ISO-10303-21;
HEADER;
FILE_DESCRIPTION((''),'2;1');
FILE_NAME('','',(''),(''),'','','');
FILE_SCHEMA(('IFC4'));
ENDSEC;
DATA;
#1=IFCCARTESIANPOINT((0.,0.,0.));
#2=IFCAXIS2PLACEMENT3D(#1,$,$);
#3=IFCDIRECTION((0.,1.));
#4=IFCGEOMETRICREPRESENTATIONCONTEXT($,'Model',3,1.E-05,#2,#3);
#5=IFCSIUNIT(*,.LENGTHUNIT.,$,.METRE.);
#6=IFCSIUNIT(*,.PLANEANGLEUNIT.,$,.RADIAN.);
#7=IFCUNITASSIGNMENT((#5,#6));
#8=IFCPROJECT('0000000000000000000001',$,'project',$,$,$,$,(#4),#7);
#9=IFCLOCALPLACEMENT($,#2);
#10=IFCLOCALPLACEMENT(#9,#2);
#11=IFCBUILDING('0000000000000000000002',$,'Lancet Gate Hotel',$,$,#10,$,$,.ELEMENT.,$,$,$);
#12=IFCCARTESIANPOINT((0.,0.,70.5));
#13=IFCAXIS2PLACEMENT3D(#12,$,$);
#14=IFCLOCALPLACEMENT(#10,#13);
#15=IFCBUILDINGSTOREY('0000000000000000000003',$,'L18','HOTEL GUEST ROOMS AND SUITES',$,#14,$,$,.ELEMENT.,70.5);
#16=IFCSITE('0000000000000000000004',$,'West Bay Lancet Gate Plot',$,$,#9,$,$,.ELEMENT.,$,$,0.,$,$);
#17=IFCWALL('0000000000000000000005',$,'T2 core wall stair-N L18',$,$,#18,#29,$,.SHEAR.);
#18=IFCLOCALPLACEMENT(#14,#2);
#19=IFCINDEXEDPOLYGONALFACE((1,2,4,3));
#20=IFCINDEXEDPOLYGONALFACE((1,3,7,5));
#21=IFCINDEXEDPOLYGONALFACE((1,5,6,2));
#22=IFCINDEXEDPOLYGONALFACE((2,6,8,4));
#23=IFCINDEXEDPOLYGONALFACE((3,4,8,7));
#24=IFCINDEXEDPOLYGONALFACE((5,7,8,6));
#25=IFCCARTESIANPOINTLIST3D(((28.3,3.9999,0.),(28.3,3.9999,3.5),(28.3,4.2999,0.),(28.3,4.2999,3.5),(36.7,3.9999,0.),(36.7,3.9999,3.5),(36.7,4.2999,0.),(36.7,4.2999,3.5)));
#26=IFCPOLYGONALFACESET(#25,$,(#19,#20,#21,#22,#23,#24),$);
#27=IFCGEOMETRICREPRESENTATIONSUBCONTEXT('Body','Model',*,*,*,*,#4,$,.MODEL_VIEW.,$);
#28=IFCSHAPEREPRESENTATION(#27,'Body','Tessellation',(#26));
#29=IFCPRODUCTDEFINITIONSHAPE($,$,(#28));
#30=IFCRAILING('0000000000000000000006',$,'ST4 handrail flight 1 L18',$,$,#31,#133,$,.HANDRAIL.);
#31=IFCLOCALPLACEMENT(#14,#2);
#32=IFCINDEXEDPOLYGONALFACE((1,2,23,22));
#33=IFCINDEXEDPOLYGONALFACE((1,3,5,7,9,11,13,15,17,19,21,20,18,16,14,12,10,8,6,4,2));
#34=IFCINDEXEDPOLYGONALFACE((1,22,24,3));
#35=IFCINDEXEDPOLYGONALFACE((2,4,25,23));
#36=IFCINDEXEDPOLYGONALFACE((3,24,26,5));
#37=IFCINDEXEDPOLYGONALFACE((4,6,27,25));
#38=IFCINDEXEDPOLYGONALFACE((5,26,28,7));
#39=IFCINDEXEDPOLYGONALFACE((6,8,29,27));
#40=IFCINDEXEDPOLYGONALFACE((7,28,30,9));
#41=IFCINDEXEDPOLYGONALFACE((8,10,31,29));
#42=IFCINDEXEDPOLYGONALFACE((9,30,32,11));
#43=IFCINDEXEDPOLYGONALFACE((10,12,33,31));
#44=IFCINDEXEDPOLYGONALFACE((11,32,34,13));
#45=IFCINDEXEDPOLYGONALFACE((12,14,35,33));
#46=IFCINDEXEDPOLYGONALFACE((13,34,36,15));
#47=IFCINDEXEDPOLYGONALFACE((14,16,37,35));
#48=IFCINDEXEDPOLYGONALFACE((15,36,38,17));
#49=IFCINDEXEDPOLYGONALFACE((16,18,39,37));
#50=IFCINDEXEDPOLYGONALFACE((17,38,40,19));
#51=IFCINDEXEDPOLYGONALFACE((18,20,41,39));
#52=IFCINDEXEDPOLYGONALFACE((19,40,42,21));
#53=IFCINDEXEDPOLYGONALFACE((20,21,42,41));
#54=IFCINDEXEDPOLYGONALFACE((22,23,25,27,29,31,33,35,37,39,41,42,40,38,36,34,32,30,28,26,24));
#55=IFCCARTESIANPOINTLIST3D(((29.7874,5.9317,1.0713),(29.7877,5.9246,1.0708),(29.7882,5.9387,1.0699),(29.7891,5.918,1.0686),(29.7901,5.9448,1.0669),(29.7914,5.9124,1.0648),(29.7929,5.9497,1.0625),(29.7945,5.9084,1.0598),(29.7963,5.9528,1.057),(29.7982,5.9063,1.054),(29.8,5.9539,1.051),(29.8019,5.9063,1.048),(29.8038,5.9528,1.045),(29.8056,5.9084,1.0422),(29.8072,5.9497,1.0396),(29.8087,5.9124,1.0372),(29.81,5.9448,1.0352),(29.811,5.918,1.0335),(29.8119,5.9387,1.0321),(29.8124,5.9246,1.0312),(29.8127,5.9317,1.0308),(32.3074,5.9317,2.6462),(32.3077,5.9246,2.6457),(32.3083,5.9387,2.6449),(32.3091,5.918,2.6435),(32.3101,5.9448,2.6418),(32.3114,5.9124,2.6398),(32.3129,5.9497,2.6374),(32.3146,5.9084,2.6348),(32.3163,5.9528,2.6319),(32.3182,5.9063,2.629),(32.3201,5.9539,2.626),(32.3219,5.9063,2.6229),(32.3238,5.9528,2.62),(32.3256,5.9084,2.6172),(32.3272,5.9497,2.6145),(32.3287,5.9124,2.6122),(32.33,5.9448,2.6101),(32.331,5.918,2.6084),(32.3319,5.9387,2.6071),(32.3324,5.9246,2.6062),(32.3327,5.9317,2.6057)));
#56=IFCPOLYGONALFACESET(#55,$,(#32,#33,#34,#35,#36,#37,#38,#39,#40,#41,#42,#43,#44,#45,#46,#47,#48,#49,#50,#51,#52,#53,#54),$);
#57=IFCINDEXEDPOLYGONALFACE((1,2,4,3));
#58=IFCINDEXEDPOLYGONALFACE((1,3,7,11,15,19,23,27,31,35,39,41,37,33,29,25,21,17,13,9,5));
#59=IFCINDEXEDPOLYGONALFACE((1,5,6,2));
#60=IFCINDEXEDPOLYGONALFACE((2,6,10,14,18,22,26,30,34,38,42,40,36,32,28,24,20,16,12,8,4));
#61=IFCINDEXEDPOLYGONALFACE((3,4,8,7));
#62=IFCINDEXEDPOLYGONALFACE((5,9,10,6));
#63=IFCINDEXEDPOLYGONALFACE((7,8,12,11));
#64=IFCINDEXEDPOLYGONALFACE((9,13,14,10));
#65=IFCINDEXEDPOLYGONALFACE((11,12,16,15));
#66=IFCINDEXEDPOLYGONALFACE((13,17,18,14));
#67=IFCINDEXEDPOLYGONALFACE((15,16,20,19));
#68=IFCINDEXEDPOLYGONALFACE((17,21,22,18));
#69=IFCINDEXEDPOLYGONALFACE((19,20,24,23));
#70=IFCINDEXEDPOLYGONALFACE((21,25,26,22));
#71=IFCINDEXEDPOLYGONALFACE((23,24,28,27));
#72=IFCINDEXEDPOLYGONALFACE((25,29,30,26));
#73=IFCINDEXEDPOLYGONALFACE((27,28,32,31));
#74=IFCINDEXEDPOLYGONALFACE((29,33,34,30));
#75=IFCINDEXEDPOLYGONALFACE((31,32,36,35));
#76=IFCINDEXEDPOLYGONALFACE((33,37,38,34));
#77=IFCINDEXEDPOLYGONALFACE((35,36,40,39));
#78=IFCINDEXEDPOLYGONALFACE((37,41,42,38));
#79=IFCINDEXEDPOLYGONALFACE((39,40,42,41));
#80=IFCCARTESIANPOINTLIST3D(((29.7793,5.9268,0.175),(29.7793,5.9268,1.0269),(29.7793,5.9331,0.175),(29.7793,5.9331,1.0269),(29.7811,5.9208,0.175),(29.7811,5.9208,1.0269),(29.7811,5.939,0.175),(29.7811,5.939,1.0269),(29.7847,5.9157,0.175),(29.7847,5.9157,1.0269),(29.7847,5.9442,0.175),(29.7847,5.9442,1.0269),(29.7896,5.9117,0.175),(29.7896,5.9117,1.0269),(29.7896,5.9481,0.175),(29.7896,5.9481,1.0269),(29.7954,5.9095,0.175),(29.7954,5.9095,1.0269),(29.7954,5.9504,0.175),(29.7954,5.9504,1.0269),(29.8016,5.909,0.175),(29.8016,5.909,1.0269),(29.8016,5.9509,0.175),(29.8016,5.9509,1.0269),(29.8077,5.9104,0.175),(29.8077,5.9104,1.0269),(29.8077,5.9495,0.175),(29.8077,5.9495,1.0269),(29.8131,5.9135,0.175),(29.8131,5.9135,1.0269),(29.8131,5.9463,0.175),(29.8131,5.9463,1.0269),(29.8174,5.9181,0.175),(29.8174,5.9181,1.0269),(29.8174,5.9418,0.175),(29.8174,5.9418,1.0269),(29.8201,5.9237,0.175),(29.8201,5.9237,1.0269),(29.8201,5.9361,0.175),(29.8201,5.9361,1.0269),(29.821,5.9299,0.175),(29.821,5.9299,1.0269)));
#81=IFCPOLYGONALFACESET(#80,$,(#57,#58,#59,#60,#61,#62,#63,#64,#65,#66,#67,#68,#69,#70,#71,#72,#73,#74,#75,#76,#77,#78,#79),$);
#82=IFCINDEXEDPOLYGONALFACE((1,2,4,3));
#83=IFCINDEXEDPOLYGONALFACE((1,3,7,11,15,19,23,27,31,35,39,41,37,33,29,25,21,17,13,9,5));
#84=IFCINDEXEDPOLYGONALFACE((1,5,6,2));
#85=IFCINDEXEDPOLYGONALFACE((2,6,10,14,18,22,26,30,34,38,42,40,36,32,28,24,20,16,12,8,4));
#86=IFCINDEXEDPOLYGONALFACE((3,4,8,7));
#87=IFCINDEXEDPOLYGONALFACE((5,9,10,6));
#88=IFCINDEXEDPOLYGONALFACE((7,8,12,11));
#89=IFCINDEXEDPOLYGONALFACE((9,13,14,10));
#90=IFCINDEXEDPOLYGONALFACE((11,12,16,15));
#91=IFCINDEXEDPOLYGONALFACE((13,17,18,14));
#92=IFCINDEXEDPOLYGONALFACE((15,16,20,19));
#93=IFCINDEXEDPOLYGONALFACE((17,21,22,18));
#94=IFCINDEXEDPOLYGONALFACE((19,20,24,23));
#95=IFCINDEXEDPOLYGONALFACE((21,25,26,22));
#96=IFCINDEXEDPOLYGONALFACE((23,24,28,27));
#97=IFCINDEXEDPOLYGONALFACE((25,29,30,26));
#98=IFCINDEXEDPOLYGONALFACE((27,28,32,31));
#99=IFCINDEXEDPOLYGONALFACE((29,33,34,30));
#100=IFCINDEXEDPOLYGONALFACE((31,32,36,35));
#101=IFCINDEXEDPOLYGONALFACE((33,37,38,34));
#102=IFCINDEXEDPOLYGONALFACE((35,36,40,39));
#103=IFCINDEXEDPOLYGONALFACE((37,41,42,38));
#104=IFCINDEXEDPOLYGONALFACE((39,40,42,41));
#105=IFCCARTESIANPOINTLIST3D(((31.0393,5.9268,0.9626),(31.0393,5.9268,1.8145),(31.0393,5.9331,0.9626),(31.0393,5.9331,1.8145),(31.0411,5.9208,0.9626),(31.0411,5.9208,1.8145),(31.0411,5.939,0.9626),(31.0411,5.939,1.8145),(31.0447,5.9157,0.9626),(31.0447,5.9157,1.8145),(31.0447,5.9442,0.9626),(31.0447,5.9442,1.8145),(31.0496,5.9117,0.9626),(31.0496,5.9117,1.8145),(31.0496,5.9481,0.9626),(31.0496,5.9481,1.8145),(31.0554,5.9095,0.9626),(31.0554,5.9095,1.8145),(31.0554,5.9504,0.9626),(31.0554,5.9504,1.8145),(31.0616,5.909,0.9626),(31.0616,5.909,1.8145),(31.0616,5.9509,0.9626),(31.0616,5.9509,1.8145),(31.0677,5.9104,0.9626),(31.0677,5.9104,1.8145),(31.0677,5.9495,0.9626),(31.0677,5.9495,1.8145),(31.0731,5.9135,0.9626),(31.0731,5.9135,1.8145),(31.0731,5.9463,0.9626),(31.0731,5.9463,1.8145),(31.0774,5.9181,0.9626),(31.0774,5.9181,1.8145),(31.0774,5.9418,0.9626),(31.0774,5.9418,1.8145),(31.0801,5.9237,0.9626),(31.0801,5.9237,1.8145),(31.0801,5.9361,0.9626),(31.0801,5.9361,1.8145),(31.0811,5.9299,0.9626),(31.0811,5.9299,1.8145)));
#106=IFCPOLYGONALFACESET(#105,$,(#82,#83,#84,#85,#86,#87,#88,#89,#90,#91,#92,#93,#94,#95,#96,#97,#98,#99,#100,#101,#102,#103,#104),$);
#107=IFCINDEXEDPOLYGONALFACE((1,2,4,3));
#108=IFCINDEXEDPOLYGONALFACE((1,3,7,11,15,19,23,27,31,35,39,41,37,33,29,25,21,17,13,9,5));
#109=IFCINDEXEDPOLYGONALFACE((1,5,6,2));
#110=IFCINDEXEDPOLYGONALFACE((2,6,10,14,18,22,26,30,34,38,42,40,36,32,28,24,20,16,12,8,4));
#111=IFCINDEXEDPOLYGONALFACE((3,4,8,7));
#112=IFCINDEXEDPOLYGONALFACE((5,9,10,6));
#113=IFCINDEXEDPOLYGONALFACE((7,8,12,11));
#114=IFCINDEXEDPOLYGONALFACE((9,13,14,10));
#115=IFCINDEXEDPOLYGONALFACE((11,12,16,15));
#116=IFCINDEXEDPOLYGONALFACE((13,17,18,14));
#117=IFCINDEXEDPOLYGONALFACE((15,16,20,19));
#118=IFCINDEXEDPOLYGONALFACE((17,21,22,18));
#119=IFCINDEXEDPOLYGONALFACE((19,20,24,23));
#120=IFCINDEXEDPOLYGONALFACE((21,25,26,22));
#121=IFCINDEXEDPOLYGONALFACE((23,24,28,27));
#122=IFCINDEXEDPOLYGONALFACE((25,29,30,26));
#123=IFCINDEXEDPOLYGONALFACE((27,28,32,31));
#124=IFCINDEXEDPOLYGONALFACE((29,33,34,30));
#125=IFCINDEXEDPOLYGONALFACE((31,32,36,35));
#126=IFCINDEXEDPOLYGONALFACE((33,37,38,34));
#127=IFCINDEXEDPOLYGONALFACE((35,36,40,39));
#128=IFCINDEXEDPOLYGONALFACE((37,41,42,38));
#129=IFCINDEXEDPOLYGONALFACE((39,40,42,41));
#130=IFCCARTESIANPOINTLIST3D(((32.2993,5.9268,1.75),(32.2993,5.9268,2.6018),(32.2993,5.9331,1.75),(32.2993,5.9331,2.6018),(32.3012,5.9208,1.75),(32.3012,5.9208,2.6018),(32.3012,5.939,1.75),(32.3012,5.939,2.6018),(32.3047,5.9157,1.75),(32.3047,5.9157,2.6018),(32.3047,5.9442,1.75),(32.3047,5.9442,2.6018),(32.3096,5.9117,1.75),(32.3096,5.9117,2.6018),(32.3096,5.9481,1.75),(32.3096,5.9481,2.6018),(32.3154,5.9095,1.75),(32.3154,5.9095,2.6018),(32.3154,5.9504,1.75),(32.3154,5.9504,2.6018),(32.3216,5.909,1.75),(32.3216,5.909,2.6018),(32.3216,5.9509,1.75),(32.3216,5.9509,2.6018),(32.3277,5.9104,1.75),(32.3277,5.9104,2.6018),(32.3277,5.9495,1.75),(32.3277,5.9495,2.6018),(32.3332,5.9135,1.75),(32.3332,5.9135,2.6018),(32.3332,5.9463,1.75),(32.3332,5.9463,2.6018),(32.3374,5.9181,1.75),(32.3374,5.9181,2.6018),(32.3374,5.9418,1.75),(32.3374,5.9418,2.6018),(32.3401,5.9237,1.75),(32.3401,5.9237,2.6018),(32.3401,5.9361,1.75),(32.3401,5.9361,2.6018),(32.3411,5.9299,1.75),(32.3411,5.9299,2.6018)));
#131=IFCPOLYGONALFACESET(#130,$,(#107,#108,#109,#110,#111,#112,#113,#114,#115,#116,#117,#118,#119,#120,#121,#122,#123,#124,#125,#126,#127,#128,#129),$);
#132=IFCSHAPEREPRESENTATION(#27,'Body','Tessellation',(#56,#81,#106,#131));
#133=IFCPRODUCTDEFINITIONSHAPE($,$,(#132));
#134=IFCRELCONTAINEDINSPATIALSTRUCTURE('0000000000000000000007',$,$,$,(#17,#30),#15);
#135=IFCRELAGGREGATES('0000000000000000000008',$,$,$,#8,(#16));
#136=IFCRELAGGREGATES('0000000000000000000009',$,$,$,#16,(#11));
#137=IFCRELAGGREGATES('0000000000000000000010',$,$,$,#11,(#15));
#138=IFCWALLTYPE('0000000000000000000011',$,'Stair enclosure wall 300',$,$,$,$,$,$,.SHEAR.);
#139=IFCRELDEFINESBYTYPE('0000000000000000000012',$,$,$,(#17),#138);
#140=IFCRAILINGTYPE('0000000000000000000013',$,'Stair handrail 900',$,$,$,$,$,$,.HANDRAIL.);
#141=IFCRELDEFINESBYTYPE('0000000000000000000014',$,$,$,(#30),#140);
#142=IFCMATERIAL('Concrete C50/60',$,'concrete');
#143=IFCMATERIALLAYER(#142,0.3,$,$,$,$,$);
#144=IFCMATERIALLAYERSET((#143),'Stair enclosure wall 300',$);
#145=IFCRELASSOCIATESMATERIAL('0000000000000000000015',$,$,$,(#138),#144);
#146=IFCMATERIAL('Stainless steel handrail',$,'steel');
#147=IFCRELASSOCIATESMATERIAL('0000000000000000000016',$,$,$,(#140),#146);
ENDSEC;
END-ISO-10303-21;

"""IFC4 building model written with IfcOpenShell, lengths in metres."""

from ifc_helpers import new_model, si_unit, direction, frame, frame_2d, origin, origin_2d, place, context, subcontext, project, spatial, rectangle, circle, extrude, material, layer, layer_set, type_object, element, save


model = new_model("IFC4")

# Units and contexts
model_context = context("Model", 3, precision=1e-05, world=origin(), true_north=direction((0.0, 1.0)))
body_context = subcontext(model_context, "Body", "Model", "MODEL_VIEW")
ifc_project = project(units=[si_unit("LENGTHUNIT", "METRE"), si_unit("PLANEANGLEUNIT", "RADIAN")], contexts=[model_context])

# Site, building, storey
site_placement = place(None, origin())
site = spatial("IfcSite", under=ifc_project, at=site_placement, Name="West Bay Lancet Gate Plot", CompositionType="ELEMENT", RefElevation=0.0)
building_placement = place(site_placement, origin())
building = spatial("IfcBuilding", under=site, at=building_placement, Name="Lancet Gate Hotel", CompositionType="ELEMENT")
storey_placement = place(building_placement, frame((0.0, 0.0, 70.5)))
storey = spatial("IfcBuildingStorey", under=building, at=storey_placement, Name="L18", Description="HOTEL GUEST ROOMS AND SUITES", CompositionType="ELEMENT", Elevation=70.5)

# Wall
ifc_material_1 = material(Name="Concrete C50/60", Category="concrete")
ifc_layer_1 = layer(ifc_material_1, 0.3)
ifc_layer_set_1 = layer_set([ifc_layer_1], Name="Stair enclosure wall 300")
wall_type_1 = type_object("IfcWallType", Name="Stair enclosure wall 300", PredefinedType="SHEAR", material=ifc_layer_set_1)
wall_1_placement = place(storey_placement, frame((28.3, 4.1499, 0.0), z_axis=(0.0, 0.0, 1.0), x_axis=(1.0, 0.0, 0.0)))
element("IfcWall", 1, at=wall_1_placement, inside=storey, type_object=wall_type_1, Name="T2 core wall stair-N L18", PredefinedType="SHEAR", context=body_context, shape_type="SweptSolid", body=[
    extrude(rectangle(XDim=8.3999, YDim=0.3, at=frame_2d((4.2, 0.0))), origin(), (0.0, 0.0, 1.0), 3.5),
])

# Railing
ifc_material_2 = material(Name="Stainless steel handrail", Category="steel")
railing_type = type_object("IfcRailingType", Name="Stair handrail 900", PredefinedType="HANDRAIL", material=ifc_material_2)
railing_placement = place(storey_placement, frame((29.8, 5.9299, 0.175)))
element("IfcRailing", 2, at=railing_placement, inside=storey, type_object=railing_type, Name="ST4 handrail flight 1 L18", PredefinedType="HANDRAIL", context=body_context, shape_type="SweptSolid", body=[
    extrude(circle(Radius=0.0239, at=origin_2d()), frame((0.0, 0.0, 0.876), z_axis=(0.848008, 0.0, 0.529984), x_axis=(0.0, 1.0, 0.0)), (0.0, 0.0, 1.0), 2.9717),
    extrude(circle(Radius=0.021, at=origin_2d()), origin(), (0.0, 0.0, 1.0), 0.8518),
    extrude(circle(Radius=0.021, at=origin_2d()), frame((1.26, 0.0, 0.7876)), (0.0, 0.0, 1.0), 0.8518),
    extrude(circle(Radius=0.021, at=origin_2d()), frame((2.52, 0.0, 1.575)), (0.0, 0.0, 1.0), 0.8518),
])

save(model, "model.ifc")
